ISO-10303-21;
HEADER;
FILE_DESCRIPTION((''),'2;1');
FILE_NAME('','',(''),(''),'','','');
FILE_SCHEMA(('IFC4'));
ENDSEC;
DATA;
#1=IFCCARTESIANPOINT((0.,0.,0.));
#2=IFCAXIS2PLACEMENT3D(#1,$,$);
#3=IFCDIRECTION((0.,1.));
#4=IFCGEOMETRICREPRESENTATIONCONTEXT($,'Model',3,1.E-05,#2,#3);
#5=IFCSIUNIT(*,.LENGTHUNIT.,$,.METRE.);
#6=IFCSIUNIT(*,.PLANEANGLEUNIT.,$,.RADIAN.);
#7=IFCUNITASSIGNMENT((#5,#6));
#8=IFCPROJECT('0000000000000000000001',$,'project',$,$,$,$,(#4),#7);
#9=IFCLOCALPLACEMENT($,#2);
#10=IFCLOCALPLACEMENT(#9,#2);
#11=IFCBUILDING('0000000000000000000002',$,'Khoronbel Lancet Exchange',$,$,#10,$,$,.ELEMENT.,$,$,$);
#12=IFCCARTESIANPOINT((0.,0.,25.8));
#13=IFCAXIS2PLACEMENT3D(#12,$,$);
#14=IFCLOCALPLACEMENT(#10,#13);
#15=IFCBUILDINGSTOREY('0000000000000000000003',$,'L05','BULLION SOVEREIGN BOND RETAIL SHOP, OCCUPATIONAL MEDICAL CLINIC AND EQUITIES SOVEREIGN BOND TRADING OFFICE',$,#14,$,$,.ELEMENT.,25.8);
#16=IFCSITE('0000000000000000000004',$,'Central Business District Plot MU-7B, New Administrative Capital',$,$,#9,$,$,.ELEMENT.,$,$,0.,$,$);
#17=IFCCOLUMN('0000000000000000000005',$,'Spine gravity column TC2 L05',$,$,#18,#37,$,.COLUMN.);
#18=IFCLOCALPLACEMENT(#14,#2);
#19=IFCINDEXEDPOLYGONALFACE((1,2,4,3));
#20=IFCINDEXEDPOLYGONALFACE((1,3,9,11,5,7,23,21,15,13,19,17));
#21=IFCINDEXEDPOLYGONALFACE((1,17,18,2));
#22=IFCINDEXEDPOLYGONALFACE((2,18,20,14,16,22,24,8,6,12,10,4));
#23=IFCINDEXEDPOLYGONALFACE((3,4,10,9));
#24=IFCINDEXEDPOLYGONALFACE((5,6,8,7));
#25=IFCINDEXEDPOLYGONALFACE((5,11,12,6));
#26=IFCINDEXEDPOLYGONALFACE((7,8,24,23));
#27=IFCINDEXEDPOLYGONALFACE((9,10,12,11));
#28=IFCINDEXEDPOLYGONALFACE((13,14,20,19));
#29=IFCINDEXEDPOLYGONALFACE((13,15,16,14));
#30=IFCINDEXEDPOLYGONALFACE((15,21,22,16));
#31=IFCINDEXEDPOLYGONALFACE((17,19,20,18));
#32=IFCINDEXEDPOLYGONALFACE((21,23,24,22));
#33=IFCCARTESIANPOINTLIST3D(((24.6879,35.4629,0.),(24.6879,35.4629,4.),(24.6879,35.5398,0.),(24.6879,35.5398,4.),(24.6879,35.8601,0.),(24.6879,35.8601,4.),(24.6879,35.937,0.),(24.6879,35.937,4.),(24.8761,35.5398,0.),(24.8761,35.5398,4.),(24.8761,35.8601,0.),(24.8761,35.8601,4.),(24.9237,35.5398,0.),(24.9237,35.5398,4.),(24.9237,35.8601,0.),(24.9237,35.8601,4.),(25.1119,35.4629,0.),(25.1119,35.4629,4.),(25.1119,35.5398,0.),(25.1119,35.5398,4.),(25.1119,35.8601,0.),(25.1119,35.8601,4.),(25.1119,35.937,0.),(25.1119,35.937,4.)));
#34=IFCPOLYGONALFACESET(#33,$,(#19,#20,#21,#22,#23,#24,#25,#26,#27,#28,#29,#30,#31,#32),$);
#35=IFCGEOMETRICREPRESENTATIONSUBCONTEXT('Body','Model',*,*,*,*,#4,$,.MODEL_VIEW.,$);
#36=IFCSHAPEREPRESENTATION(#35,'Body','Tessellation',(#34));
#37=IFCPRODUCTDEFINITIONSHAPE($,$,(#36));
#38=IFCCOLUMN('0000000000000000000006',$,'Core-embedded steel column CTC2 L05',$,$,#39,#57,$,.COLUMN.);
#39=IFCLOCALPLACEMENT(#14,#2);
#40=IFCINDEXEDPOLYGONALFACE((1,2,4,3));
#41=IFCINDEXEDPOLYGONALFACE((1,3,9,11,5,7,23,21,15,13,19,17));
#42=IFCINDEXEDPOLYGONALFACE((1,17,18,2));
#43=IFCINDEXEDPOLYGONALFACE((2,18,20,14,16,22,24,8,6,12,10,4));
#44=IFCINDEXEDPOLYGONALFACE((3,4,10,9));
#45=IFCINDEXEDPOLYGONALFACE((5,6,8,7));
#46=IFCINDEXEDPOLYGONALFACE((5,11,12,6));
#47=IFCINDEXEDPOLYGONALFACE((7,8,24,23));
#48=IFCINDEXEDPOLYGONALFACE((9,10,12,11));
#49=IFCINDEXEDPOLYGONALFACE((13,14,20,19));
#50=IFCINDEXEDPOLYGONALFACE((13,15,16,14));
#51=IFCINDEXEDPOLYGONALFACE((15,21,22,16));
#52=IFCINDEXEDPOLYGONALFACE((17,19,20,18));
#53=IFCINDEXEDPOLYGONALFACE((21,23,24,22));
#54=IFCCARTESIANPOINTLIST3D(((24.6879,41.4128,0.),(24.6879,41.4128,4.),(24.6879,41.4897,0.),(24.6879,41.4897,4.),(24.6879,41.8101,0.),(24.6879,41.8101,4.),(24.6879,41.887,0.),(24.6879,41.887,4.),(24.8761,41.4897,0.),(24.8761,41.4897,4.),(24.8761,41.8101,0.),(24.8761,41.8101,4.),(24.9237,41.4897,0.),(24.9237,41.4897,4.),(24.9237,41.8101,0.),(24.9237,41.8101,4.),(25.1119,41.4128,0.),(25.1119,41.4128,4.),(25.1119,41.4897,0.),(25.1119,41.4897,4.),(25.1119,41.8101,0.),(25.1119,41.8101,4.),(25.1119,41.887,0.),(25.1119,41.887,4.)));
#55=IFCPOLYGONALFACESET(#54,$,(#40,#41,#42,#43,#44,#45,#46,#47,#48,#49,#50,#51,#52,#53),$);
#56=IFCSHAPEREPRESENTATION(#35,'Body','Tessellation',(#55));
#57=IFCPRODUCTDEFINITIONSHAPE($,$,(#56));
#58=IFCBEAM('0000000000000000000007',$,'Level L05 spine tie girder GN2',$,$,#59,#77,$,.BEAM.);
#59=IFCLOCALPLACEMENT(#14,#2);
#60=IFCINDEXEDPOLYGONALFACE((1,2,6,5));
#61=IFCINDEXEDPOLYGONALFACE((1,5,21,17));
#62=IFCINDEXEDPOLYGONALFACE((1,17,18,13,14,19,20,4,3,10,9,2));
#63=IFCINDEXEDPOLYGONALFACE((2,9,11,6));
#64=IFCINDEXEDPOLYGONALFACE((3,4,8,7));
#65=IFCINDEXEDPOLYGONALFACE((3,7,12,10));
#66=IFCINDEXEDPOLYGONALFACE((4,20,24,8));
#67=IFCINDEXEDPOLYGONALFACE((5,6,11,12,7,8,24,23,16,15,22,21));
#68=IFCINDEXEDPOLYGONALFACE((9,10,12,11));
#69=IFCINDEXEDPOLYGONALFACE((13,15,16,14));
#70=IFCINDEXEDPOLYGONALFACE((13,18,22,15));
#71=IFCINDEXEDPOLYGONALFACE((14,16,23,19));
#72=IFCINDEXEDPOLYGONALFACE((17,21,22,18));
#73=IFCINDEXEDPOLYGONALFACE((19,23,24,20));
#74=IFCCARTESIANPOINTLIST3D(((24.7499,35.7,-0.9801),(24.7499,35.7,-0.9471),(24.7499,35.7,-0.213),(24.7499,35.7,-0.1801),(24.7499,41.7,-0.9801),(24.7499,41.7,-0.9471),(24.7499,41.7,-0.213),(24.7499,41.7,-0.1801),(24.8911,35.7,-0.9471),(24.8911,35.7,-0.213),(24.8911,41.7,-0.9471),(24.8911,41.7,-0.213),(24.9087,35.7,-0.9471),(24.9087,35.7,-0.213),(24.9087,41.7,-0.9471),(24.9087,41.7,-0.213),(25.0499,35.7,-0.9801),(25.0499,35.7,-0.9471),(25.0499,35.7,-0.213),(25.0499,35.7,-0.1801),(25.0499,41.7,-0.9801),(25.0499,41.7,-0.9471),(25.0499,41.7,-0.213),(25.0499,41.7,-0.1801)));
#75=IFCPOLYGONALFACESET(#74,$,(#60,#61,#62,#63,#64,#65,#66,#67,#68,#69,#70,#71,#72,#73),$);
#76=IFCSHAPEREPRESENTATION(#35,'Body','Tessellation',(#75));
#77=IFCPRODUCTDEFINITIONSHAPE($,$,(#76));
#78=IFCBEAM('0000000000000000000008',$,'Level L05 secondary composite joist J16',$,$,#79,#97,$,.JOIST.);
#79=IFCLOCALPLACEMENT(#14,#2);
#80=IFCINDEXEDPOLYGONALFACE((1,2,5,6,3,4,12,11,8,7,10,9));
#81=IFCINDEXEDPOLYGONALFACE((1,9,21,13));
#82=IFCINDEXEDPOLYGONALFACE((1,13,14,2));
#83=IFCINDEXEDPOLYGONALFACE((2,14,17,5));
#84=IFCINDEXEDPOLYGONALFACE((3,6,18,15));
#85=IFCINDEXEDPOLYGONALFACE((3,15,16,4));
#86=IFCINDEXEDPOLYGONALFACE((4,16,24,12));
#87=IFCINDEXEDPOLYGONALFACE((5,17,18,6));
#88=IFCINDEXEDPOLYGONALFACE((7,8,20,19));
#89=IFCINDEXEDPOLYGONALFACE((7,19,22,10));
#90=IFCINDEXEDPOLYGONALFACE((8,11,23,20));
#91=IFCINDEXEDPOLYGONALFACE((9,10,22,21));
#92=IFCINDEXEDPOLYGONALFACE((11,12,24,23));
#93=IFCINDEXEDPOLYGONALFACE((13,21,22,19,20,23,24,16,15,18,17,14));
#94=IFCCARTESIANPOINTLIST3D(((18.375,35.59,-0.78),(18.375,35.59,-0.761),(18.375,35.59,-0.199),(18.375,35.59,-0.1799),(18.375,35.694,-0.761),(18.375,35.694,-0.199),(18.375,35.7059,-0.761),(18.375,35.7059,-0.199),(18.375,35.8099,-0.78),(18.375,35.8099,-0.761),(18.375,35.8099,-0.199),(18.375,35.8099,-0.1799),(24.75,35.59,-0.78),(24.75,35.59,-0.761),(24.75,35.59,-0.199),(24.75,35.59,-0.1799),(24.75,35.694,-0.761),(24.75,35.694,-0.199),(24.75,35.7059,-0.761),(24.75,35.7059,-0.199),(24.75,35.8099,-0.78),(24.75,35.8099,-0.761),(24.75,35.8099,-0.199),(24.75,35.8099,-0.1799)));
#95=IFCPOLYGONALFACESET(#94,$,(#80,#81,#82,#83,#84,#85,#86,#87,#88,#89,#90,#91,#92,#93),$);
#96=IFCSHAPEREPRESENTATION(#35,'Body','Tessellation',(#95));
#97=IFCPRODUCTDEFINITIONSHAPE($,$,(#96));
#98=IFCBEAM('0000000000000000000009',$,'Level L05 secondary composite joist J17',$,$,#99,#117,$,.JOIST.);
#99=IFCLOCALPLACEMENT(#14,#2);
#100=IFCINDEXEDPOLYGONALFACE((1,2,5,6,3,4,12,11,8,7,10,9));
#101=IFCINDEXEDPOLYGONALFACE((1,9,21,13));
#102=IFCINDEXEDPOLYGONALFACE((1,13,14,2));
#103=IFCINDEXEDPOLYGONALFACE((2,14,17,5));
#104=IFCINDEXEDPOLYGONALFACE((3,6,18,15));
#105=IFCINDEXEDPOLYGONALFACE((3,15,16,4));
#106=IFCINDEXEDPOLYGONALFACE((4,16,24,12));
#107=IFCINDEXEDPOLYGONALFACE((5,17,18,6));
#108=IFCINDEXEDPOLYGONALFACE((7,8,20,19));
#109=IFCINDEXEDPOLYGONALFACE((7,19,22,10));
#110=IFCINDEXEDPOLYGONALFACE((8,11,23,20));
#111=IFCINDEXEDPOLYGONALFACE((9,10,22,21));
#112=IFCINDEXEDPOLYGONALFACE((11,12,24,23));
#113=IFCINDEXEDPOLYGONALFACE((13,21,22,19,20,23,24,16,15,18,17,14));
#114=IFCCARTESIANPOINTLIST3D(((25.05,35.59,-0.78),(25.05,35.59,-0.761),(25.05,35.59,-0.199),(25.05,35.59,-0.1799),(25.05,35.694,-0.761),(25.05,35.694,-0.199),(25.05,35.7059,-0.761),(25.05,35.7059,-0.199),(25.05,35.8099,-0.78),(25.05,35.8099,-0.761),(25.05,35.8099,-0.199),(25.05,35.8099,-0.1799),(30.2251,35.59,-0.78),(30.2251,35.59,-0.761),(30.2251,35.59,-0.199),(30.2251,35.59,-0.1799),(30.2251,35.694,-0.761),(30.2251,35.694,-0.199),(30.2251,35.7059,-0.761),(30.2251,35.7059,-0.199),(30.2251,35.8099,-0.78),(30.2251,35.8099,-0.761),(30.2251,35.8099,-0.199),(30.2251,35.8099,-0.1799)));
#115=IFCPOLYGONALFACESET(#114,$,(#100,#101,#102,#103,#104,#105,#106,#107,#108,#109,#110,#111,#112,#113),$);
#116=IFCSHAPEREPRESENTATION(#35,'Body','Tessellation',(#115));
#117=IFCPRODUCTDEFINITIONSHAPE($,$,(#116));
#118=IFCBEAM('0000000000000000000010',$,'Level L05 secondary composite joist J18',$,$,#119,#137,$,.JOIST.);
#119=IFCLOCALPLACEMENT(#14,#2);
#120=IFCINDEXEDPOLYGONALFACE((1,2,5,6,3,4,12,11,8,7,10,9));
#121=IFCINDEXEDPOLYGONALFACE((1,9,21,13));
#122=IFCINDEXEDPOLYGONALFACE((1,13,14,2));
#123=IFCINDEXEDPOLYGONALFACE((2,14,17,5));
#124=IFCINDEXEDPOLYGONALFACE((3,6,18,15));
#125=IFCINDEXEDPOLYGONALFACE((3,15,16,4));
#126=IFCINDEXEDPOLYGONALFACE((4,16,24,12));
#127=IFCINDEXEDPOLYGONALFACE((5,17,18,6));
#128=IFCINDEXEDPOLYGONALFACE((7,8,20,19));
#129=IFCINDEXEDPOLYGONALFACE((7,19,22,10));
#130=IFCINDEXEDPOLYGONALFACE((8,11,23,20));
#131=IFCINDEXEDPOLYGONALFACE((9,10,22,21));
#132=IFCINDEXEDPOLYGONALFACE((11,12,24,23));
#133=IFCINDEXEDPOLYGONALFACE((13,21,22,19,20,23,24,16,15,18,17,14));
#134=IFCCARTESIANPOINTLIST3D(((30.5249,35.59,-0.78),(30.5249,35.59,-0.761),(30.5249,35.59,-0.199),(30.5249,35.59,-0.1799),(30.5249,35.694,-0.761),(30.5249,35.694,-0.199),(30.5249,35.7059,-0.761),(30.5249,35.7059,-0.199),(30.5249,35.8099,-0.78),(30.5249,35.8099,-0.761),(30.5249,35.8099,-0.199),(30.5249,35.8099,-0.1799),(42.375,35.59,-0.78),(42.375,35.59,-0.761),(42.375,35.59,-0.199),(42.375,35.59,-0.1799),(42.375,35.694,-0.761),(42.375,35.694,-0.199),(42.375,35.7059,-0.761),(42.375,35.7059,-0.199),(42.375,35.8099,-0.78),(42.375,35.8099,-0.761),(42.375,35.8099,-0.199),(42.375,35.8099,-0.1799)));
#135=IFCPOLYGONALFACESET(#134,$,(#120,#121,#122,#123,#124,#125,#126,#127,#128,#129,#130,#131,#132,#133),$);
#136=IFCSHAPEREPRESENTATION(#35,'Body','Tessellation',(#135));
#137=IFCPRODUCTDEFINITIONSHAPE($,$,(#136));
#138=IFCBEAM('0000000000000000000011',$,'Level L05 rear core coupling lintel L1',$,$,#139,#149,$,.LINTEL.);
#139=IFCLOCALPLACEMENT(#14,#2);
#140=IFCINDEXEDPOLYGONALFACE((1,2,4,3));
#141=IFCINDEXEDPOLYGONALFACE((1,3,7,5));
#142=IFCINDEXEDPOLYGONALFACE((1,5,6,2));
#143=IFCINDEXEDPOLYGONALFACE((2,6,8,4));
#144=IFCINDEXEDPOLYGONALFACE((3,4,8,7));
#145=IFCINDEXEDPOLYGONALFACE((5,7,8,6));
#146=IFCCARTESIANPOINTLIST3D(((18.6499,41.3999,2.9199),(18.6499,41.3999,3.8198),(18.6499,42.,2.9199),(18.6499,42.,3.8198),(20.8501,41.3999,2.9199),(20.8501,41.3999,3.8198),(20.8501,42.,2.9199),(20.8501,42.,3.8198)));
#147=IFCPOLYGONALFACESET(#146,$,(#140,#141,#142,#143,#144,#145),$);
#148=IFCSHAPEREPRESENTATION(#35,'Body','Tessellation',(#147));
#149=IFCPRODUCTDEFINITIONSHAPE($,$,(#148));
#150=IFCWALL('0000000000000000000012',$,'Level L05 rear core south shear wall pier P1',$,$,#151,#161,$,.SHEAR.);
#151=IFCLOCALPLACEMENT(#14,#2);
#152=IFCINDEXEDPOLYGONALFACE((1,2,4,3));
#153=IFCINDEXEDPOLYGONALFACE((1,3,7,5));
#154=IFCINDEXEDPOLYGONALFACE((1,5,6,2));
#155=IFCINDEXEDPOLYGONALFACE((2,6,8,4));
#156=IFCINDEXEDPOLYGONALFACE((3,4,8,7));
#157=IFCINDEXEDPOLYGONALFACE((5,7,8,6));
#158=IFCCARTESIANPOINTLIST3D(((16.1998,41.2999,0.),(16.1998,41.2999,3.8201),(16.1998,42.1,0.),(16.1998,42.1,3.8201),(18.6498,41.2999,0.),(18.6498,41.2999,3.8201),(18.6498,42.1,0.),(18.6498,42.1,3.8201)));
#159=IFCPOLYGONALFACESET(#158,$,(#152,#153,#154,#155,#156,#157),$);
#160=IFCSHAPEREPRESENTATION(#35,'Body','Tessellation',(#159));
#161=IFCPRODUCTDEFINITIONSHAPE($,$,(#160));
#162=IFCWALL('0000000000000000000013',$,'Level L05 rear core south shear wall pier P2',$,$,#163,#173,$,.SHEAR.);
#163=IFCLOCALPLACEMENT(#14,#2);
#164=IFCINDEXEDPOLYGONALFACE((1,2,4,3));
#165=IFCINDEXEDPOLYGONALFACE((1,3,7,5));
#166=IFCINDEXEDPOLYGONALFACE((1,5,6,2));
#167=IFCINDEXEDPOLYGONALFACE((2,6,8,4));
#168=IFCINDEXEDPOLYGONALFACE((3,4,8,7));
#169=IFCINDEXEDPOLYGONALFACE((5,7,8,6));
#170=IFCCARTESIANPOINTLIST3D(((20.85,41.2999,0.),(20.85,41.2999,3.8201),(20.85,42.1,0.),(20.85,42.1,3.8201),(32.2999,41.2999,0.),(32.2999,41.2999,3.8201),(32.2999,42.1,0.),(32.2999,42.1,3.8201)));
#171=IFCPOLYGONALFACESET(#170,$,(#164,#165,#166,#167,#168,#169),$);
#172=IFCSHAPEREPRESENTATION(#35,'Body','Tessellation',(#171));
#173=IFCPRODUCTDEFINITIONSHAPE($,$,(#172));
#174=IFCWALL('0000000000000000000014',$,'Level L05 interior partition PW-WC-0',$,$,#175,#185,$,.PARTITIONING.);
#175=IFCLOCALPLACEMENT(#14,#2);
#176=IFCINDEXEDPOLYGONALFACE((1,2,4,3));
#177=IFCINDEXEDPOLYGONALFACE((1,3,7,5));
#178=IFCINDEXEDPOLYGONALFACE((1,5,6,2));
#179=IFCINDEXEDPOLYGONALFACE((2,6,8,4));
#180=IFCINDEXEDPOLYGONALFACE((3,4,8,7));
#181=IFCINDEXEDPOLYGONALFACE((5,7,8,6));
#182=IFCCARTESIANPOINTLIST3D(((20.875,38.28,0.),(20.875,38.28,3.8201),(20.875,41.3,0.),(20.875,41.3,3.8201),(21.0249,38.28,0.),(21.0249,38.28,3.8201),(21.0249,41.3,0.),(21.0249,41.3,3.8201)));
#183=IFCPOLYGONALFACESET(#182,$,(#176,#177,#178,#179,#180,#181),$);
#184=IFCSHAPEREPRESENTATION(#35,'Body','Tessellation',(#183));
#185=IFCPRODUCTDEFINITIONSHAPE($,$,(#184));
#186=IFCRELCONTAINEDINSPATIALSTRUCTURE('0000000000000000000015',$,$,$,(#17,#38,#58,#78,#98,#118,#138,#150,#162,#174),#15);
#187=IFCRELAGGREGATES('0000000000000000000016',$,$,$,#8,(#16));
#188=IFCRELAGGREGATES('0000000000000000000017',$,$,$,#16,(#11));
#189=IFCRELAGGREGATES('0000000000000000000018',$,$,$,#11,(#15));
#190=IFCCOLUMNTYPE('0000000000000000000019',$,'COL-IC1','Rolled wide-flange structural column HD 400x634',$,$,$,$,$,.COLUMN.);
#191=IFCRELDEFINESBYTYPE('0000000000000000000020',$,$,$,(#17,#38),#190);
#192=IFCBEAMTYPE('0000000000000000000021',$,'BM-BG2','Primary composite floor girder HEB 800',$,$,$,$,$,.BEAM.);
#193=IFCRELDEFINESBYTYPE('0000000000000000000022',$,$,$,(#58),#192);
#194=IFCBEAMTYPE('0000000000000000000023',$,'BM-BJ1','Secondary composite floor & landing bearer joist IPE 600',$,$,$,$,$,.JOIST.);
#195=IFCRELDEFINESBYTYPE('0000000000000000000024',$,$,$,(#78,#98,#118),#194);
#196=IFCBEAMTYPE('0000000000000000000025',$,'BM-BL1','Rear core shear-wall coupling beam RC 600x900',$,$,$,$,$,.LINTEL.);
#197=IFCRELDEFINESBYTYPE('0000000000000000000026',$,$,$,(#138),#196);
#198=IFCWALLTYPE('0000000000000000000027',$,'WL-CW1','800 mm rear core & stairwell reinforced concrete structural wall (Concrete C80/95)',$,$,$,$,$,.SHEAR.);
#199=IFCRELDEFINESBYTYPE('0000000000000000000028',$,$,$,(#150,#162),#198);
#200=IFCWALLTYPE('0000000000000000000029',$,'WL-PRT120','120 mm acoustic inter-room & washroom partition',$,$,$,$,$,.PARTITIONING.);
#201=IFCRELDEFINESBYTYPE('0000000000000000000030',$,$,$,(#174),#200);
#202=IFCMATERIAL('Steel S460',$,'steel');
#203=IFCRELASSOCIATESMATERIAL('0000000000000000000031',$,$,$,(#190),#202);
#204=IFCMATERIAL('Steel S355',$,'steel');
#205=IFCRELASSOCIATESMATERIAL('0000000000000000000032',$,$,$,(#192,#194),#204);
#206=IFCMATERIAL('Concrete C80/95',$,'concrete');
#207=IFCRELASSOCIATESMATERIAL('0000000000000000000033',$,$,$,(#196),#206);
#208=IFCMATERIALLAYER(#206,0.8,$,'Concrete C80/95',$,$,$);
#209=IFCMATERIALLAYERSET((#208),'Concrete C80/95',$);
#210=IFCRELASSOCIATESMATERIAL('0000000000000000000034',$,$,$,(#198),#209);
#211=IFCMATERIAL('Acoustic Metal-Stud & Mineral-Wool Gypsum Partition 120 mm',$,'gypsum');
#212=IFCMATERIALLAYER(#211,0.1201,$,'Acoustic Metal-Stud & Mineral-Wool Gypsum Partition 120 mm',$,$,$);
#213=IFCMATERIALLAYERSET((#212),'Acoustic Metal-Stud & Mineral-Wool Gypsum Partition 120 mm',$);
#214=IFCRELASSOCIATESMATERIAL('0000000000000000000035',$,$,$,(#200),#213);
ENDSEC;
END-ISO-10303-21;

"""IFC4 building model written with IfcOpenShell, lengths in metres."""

from ifc_helpers import new_model, si_unit, direction, frame, frame_2d, origin, origin_2d, place, context, subcontext, project, spatial, rectangle, i_section, extrude, material, layer, layer_set, material_profile, profile_set, type_object, element, save


model = new_model("IFC4")

# Units and contexts
model_context = context("Model", 3, precision=1e-05, world=origin(), true_north=direction((0.0, 1.0)))
body_context = subcontext(model_context, "Body", "Model", "MODEL_VIEW")
ifc_project = project(units=[si_unit("LENGTHUNIT", "METRE"), si_unit("PLANEANGLEUNIT", "RADIAN")], contexts=[model_context])

# Site, building, storey
site_placement = place(None, origin())
site = spatial("IfcSite", under=ifc_project, at=site_placement, Name="Central Business District Plot MU-7B, New Administrative Capital", CompositionType="ELEMENT", RefElevation=0.0)
building_placement = place(site_placement, origin())
building = spatial("IfcBuilding", under=site, at=building_placement, Name="Khoronbel Lancet Exchange", CompositionType="ELEMENT")
storey_placement = place(building_placement, frame((0.0, 0.0, 25.8)))
storey = spatial("IfcBuildingStorey", under=building, at=storey_placement, Name="L05", Description="BULLION SOVEREIGN BOND RETAIL SHOP, OCCUPATIONAL MEDICAL CLINIC AND EQUITIES SOVEREIGN BOND TRADING OFFICE", CompositionType="ELEMENT", Elevation=25.8)

# Columns
ifc_material_1 = material(Name="Steel S460", Category="steel")
ifc_material_profile_1 = material_profile(ifc_material_1, i_section(OverallWidth=0.4241, OverallDepth=0.4741, WebThickness=0.0476, FlangeThickness=0.0769, at=origin_2d()), Name="HD 400x634")
ifc_profile_set_1 = profile_set([ifc_material_profile_1], Name="Steel S460")
column_type = type_object("IfcColumnType", Name="COL-IC1", Description="Rolled wide-flange structural column HD 400x634", PredefinedType="COLUMN", material=ifc_profile_set_1)
for number, where, z_axis, x_axis, name in (
    (1, (24.8999, 35.7, 0.0), (0.0, 0.0, 1.0), (1.0, 0.0, 0.0), "Spine gravity column TC2 L05"),
    (2, (24.8999, 41.6499, 0.0), (0.0, 0.0, 1.0), (1.0, 0.0, 0.0), "Core-embedded steel column CTC2 L05"),
):
    element("IfcColumn", number, at=place(storey_placement, frame(where, z_axis=z_axis, x_axis=x_axis)), inside=storey, type_object=column_type, Name=name, PredefinedType="COLUMN", context=body_context, shape_type="SweptSolid", body=[
        extrude(i_section(OverallWidth=0.4241, OverallDepth=0.4741, WebThickness=0.0476, FlangeThickness=0.0769, at=origin_2d()), origin(), (0.0, 0.0, 1.0), 4.0),
    ])

# Beams
ifc_material_2 = material(Name="Steel S355", Category="steel")
ifc_material_profile_2 = material_profile(ifc_material_2, i_section(OverallWidth=0.3, OverallDepth=0.8, WebThickness=0.0176, FlangeThickness=0.033, at=origin_2d()), Name="HEB 800")
ifc_profile_set_2 = profile_set([ifc_material_profile_2], Name="Steel S355")
beam_type_1 = type_object("IfcBeamType", Name="BM-BG2", Description="Primary composite floor girder HEB 800", PredefinedType="BEAM", material=ifc_profile_set_2)
beam_1_placement = place(storey_placement, frame((24.8999, 35.7, -0.5801), z_axis=(0.0, 1.0, 0.0), x_axis=(-1.0, 0.0, 0.0)))
element("IfcBeam", 3, at=beam_1_placement, inside=storey, type_object=beam_type_1, Name="Level L05 spine tie girder GN2", PredefinedType="BEAM", context=body_context, shape_type="SweptSolid", body=[
    extrude(i_section(OverallWidth=0.3, OverallDepth=0.8, WebThickness=0.0176, FlangeThickness=0.033, at=origin_2d()), origin(), (0.0, 0.0, 1.0), 6.0),
])
ifc_material_profile_3 = material_profile(ifc_material_2, i_section(OverallWidth=0.22, OverallDepth=0.6001, WebThickness=0.012, FlangeThickness=0.019, at=origin_2d()), Name="IPE 600")
ifc_profile_set_3 = profile_set([ifc_material_profile_3], Name="Steel S355")
beam_type_2 = type_object("IfcBeamType", Name="BM-BJ1", Description="Secondary composite floor & landing bearer joist IPE 600", PredefinedType="JOIST", material=ifc_profile_set_3)
beam_2_placement = place(storey_placement, frame((18.375, 35.7, -0.48), z_axis=(1.0, 0.0, 0.0), x_axis=(0.0, 1.0, 0.0)))
element("IfcBeam", 4, at=beam_2_placement, inside=storey, type_object=beam_type_2, Name="Level L05 secondary composite joist J16", PredefinedType="JOIST", context=body_context, shape_type="SweptSolid", body=[
    extrude(i_section(OverallWidth=0.22, OverallDepth=0.6001, WebThickness=0.012, FlangeThickness=0.019, at=origin_2d()), origin(), (0.0, 0.0, 1.0), 6.375),
])
beam_3_placement = place(storey_placement, frame((25.05, 35.7, -0.48), z_axis=(1.0, 0.0, 0.0), x_axis=(0.0, 1.0, 0.0)))
element("IfcBeam", 5, at=beam_3_placement, inside=storey, type_object=beam_type_2, Name="Level L05 secondary composite joist J17", PredefinedType="JOIST", context=body_context, shape_type="SweptSolid", body=[
    extrude(i_section(OverallWidth=0.22, OverallDepth=0.6001, WebThickness=0.012, FlangeThickness=0.019, at=origin_2d()), origin(), (0.0, 0.0, 1.0), 5.175),
])
beam_4_placement = place(storey_placement, frame((30.5249, 35.7, -0.48), z_axis=(1.0, 0.0, 0.0), x_axis=(0.0, 1.0, 0.0)))
element("IfcBeam", 6, at=beam_4_placement, inside=storey, type_object=beam_type_2, Name="Level L05 secondary composite joist J18", PredefinedType="JOIST", context=body_context, shape_type="SweptSolid", body=[
    extrude(i_section(OverallWidth=0.22, OverallDepth=0.6001, WebThickness=0.012, FlangeThickness=0.019, at=origin_2d()), origin(), (0.0, 0.0, 1.0), 11.8501),
])
ifc_material_3 = material(Name="Concrete C80/95", Category="concrete")
ifc_material_profile_4 = material_profile(ifc_material_3, rectangle(XDim=0.6001, YDim=0.8999, at=origin_2d()), Name="RC 600x900")
ifc_profile_set_4 = profile_set([ifc_material_profile_4], Name="Concrete C80/95")
beam_type_3 = type_object("IfcBeamType", Name="BM-BL1", Description="Rear core shear-wall coupling beam RC 600x900", PredefinedType="LINTEL", material=ifc_profile_set_4)
beam_5_placement = place(storey_placement, frame((18.6499, 41.7, 3.3699), z_axis=(1.0, 0.0, 0.0), x_axis=(0.0, 1.0, 0.0)))
element("IfcBeam", 7, at=beam_5_placement, inside=storey, type_object=beam_type_3, Name="Level L05 rear core coupling lintel L1", PredefinedType="LINTEL", context=body_context, shape_type="SweptSolid", body=[
    extrude(rectangle(XDim=0.6001, YDim=0.8999, at=origin_2d()), origin(), (0.0, 0.0, 1.0), 2.2002),
])

# Walls
ifc_layer_1 = layer(ifc_material_3, 0.8, Name="Concrete C80/95")
ifc_layer_set_1 = layer_set([ifc_layer_1], Name="Concrete C80/95")
wall_type_1 = type_object("IfcWallType", Name="WL-CW1", Description="800 mm rear core & stairwell reinforced concrete structural wall (Concrete C80/95)", PredefinedType="SHEAR", material=ifc_layer_set_1)
wall_1_placement = place(storey_placement, frame((18.6499, 41.7, 0.0), z_axis=(0.0, 0.0, 1.0), x_axis=(-1.0, 0.0, 0.0)))
element("IfcWall", 8, at=wall_1_placement, inside=storey, type_object=wall_type_1, Name="Level L05 rear core south shear wall pier P1", PredefinedType="SHEAR", context=body_context, shape_type="SweptSolid", body=[
    extrude(rectangle(XDim=2.45, YDim=0.8, at=frame_2d((1.2251, 0.0))), origin(), (0.0, 0.0, 1.0), 3.8201),
])
wall_2_placement = place(storey_placement, frame((32.3, 41.7, 0.0), z_axis=(0.0, 0.0, 1.0), x_axis=(-1.0, 0.0, 0.0)))
element("IfcWall", 9, at=wall_2_placement, inside=storey, type_object=wall_type_1, Name="Level L05 rear core south shear wall pier P2", PredefinedType="SHEAR", context=body_context, shape_type="SweptSolid", body=[
    extrude(rectangle(XDim=11.45, YDim=0.8, at=frame_2d((5.7251, 0.0))), origin(), (0.0, 0.0, 1.0), 3.8201),
])
ifc_material_4 = material(Name="Acoustic Metal-Stud & Mineral-Wool Gypsum Partition 120 mm", Category="gypsum")
ifc_layer_2 = layer(ifc_material_4, 0.1201, Name="Acoustic Metal-Stud & Mineral-Wool Gypsum Partition 120 mm")
ifc_layer_set_2 = layer_set([ifc_layer_2], Name="Acoustic Metal-Stud & Mineral-Wool Gypsum Partition 120 mm")
wall_type_2 = type_object("IfcWallType", Name="WL-PRT120", Description="120 mm acoustic inter-room & washroom partition", PredefinedType="PARTITIONING", material=ifc_layer_set_2)
for number, where, z_axis, x_axis, name in (
    (10, (20.95, 38.28, 0.0), (0.0, 0.0, 1.0), (0.0, 1.0, 0.0), "Level L05 interior partition PW-WC-0"),
):
    element("IfcWall", number, at=place(storey_placement, frame(where, z_axis=z_axis, x_axis=x_axis)), inside=storey, type_object=wall_type_2, Name=name, PredefinedType="PARTITIONING", context=body_context, shape_type="SweptSolid", body=[
        extrude(rectangle(XDim=3.02, YDim=0.1499, at=frame_2d((1.51, 0.0))), origin(), (0.0, 0.0, 1.0), 3.8201),
    ])

save(model, "model.ifc")
